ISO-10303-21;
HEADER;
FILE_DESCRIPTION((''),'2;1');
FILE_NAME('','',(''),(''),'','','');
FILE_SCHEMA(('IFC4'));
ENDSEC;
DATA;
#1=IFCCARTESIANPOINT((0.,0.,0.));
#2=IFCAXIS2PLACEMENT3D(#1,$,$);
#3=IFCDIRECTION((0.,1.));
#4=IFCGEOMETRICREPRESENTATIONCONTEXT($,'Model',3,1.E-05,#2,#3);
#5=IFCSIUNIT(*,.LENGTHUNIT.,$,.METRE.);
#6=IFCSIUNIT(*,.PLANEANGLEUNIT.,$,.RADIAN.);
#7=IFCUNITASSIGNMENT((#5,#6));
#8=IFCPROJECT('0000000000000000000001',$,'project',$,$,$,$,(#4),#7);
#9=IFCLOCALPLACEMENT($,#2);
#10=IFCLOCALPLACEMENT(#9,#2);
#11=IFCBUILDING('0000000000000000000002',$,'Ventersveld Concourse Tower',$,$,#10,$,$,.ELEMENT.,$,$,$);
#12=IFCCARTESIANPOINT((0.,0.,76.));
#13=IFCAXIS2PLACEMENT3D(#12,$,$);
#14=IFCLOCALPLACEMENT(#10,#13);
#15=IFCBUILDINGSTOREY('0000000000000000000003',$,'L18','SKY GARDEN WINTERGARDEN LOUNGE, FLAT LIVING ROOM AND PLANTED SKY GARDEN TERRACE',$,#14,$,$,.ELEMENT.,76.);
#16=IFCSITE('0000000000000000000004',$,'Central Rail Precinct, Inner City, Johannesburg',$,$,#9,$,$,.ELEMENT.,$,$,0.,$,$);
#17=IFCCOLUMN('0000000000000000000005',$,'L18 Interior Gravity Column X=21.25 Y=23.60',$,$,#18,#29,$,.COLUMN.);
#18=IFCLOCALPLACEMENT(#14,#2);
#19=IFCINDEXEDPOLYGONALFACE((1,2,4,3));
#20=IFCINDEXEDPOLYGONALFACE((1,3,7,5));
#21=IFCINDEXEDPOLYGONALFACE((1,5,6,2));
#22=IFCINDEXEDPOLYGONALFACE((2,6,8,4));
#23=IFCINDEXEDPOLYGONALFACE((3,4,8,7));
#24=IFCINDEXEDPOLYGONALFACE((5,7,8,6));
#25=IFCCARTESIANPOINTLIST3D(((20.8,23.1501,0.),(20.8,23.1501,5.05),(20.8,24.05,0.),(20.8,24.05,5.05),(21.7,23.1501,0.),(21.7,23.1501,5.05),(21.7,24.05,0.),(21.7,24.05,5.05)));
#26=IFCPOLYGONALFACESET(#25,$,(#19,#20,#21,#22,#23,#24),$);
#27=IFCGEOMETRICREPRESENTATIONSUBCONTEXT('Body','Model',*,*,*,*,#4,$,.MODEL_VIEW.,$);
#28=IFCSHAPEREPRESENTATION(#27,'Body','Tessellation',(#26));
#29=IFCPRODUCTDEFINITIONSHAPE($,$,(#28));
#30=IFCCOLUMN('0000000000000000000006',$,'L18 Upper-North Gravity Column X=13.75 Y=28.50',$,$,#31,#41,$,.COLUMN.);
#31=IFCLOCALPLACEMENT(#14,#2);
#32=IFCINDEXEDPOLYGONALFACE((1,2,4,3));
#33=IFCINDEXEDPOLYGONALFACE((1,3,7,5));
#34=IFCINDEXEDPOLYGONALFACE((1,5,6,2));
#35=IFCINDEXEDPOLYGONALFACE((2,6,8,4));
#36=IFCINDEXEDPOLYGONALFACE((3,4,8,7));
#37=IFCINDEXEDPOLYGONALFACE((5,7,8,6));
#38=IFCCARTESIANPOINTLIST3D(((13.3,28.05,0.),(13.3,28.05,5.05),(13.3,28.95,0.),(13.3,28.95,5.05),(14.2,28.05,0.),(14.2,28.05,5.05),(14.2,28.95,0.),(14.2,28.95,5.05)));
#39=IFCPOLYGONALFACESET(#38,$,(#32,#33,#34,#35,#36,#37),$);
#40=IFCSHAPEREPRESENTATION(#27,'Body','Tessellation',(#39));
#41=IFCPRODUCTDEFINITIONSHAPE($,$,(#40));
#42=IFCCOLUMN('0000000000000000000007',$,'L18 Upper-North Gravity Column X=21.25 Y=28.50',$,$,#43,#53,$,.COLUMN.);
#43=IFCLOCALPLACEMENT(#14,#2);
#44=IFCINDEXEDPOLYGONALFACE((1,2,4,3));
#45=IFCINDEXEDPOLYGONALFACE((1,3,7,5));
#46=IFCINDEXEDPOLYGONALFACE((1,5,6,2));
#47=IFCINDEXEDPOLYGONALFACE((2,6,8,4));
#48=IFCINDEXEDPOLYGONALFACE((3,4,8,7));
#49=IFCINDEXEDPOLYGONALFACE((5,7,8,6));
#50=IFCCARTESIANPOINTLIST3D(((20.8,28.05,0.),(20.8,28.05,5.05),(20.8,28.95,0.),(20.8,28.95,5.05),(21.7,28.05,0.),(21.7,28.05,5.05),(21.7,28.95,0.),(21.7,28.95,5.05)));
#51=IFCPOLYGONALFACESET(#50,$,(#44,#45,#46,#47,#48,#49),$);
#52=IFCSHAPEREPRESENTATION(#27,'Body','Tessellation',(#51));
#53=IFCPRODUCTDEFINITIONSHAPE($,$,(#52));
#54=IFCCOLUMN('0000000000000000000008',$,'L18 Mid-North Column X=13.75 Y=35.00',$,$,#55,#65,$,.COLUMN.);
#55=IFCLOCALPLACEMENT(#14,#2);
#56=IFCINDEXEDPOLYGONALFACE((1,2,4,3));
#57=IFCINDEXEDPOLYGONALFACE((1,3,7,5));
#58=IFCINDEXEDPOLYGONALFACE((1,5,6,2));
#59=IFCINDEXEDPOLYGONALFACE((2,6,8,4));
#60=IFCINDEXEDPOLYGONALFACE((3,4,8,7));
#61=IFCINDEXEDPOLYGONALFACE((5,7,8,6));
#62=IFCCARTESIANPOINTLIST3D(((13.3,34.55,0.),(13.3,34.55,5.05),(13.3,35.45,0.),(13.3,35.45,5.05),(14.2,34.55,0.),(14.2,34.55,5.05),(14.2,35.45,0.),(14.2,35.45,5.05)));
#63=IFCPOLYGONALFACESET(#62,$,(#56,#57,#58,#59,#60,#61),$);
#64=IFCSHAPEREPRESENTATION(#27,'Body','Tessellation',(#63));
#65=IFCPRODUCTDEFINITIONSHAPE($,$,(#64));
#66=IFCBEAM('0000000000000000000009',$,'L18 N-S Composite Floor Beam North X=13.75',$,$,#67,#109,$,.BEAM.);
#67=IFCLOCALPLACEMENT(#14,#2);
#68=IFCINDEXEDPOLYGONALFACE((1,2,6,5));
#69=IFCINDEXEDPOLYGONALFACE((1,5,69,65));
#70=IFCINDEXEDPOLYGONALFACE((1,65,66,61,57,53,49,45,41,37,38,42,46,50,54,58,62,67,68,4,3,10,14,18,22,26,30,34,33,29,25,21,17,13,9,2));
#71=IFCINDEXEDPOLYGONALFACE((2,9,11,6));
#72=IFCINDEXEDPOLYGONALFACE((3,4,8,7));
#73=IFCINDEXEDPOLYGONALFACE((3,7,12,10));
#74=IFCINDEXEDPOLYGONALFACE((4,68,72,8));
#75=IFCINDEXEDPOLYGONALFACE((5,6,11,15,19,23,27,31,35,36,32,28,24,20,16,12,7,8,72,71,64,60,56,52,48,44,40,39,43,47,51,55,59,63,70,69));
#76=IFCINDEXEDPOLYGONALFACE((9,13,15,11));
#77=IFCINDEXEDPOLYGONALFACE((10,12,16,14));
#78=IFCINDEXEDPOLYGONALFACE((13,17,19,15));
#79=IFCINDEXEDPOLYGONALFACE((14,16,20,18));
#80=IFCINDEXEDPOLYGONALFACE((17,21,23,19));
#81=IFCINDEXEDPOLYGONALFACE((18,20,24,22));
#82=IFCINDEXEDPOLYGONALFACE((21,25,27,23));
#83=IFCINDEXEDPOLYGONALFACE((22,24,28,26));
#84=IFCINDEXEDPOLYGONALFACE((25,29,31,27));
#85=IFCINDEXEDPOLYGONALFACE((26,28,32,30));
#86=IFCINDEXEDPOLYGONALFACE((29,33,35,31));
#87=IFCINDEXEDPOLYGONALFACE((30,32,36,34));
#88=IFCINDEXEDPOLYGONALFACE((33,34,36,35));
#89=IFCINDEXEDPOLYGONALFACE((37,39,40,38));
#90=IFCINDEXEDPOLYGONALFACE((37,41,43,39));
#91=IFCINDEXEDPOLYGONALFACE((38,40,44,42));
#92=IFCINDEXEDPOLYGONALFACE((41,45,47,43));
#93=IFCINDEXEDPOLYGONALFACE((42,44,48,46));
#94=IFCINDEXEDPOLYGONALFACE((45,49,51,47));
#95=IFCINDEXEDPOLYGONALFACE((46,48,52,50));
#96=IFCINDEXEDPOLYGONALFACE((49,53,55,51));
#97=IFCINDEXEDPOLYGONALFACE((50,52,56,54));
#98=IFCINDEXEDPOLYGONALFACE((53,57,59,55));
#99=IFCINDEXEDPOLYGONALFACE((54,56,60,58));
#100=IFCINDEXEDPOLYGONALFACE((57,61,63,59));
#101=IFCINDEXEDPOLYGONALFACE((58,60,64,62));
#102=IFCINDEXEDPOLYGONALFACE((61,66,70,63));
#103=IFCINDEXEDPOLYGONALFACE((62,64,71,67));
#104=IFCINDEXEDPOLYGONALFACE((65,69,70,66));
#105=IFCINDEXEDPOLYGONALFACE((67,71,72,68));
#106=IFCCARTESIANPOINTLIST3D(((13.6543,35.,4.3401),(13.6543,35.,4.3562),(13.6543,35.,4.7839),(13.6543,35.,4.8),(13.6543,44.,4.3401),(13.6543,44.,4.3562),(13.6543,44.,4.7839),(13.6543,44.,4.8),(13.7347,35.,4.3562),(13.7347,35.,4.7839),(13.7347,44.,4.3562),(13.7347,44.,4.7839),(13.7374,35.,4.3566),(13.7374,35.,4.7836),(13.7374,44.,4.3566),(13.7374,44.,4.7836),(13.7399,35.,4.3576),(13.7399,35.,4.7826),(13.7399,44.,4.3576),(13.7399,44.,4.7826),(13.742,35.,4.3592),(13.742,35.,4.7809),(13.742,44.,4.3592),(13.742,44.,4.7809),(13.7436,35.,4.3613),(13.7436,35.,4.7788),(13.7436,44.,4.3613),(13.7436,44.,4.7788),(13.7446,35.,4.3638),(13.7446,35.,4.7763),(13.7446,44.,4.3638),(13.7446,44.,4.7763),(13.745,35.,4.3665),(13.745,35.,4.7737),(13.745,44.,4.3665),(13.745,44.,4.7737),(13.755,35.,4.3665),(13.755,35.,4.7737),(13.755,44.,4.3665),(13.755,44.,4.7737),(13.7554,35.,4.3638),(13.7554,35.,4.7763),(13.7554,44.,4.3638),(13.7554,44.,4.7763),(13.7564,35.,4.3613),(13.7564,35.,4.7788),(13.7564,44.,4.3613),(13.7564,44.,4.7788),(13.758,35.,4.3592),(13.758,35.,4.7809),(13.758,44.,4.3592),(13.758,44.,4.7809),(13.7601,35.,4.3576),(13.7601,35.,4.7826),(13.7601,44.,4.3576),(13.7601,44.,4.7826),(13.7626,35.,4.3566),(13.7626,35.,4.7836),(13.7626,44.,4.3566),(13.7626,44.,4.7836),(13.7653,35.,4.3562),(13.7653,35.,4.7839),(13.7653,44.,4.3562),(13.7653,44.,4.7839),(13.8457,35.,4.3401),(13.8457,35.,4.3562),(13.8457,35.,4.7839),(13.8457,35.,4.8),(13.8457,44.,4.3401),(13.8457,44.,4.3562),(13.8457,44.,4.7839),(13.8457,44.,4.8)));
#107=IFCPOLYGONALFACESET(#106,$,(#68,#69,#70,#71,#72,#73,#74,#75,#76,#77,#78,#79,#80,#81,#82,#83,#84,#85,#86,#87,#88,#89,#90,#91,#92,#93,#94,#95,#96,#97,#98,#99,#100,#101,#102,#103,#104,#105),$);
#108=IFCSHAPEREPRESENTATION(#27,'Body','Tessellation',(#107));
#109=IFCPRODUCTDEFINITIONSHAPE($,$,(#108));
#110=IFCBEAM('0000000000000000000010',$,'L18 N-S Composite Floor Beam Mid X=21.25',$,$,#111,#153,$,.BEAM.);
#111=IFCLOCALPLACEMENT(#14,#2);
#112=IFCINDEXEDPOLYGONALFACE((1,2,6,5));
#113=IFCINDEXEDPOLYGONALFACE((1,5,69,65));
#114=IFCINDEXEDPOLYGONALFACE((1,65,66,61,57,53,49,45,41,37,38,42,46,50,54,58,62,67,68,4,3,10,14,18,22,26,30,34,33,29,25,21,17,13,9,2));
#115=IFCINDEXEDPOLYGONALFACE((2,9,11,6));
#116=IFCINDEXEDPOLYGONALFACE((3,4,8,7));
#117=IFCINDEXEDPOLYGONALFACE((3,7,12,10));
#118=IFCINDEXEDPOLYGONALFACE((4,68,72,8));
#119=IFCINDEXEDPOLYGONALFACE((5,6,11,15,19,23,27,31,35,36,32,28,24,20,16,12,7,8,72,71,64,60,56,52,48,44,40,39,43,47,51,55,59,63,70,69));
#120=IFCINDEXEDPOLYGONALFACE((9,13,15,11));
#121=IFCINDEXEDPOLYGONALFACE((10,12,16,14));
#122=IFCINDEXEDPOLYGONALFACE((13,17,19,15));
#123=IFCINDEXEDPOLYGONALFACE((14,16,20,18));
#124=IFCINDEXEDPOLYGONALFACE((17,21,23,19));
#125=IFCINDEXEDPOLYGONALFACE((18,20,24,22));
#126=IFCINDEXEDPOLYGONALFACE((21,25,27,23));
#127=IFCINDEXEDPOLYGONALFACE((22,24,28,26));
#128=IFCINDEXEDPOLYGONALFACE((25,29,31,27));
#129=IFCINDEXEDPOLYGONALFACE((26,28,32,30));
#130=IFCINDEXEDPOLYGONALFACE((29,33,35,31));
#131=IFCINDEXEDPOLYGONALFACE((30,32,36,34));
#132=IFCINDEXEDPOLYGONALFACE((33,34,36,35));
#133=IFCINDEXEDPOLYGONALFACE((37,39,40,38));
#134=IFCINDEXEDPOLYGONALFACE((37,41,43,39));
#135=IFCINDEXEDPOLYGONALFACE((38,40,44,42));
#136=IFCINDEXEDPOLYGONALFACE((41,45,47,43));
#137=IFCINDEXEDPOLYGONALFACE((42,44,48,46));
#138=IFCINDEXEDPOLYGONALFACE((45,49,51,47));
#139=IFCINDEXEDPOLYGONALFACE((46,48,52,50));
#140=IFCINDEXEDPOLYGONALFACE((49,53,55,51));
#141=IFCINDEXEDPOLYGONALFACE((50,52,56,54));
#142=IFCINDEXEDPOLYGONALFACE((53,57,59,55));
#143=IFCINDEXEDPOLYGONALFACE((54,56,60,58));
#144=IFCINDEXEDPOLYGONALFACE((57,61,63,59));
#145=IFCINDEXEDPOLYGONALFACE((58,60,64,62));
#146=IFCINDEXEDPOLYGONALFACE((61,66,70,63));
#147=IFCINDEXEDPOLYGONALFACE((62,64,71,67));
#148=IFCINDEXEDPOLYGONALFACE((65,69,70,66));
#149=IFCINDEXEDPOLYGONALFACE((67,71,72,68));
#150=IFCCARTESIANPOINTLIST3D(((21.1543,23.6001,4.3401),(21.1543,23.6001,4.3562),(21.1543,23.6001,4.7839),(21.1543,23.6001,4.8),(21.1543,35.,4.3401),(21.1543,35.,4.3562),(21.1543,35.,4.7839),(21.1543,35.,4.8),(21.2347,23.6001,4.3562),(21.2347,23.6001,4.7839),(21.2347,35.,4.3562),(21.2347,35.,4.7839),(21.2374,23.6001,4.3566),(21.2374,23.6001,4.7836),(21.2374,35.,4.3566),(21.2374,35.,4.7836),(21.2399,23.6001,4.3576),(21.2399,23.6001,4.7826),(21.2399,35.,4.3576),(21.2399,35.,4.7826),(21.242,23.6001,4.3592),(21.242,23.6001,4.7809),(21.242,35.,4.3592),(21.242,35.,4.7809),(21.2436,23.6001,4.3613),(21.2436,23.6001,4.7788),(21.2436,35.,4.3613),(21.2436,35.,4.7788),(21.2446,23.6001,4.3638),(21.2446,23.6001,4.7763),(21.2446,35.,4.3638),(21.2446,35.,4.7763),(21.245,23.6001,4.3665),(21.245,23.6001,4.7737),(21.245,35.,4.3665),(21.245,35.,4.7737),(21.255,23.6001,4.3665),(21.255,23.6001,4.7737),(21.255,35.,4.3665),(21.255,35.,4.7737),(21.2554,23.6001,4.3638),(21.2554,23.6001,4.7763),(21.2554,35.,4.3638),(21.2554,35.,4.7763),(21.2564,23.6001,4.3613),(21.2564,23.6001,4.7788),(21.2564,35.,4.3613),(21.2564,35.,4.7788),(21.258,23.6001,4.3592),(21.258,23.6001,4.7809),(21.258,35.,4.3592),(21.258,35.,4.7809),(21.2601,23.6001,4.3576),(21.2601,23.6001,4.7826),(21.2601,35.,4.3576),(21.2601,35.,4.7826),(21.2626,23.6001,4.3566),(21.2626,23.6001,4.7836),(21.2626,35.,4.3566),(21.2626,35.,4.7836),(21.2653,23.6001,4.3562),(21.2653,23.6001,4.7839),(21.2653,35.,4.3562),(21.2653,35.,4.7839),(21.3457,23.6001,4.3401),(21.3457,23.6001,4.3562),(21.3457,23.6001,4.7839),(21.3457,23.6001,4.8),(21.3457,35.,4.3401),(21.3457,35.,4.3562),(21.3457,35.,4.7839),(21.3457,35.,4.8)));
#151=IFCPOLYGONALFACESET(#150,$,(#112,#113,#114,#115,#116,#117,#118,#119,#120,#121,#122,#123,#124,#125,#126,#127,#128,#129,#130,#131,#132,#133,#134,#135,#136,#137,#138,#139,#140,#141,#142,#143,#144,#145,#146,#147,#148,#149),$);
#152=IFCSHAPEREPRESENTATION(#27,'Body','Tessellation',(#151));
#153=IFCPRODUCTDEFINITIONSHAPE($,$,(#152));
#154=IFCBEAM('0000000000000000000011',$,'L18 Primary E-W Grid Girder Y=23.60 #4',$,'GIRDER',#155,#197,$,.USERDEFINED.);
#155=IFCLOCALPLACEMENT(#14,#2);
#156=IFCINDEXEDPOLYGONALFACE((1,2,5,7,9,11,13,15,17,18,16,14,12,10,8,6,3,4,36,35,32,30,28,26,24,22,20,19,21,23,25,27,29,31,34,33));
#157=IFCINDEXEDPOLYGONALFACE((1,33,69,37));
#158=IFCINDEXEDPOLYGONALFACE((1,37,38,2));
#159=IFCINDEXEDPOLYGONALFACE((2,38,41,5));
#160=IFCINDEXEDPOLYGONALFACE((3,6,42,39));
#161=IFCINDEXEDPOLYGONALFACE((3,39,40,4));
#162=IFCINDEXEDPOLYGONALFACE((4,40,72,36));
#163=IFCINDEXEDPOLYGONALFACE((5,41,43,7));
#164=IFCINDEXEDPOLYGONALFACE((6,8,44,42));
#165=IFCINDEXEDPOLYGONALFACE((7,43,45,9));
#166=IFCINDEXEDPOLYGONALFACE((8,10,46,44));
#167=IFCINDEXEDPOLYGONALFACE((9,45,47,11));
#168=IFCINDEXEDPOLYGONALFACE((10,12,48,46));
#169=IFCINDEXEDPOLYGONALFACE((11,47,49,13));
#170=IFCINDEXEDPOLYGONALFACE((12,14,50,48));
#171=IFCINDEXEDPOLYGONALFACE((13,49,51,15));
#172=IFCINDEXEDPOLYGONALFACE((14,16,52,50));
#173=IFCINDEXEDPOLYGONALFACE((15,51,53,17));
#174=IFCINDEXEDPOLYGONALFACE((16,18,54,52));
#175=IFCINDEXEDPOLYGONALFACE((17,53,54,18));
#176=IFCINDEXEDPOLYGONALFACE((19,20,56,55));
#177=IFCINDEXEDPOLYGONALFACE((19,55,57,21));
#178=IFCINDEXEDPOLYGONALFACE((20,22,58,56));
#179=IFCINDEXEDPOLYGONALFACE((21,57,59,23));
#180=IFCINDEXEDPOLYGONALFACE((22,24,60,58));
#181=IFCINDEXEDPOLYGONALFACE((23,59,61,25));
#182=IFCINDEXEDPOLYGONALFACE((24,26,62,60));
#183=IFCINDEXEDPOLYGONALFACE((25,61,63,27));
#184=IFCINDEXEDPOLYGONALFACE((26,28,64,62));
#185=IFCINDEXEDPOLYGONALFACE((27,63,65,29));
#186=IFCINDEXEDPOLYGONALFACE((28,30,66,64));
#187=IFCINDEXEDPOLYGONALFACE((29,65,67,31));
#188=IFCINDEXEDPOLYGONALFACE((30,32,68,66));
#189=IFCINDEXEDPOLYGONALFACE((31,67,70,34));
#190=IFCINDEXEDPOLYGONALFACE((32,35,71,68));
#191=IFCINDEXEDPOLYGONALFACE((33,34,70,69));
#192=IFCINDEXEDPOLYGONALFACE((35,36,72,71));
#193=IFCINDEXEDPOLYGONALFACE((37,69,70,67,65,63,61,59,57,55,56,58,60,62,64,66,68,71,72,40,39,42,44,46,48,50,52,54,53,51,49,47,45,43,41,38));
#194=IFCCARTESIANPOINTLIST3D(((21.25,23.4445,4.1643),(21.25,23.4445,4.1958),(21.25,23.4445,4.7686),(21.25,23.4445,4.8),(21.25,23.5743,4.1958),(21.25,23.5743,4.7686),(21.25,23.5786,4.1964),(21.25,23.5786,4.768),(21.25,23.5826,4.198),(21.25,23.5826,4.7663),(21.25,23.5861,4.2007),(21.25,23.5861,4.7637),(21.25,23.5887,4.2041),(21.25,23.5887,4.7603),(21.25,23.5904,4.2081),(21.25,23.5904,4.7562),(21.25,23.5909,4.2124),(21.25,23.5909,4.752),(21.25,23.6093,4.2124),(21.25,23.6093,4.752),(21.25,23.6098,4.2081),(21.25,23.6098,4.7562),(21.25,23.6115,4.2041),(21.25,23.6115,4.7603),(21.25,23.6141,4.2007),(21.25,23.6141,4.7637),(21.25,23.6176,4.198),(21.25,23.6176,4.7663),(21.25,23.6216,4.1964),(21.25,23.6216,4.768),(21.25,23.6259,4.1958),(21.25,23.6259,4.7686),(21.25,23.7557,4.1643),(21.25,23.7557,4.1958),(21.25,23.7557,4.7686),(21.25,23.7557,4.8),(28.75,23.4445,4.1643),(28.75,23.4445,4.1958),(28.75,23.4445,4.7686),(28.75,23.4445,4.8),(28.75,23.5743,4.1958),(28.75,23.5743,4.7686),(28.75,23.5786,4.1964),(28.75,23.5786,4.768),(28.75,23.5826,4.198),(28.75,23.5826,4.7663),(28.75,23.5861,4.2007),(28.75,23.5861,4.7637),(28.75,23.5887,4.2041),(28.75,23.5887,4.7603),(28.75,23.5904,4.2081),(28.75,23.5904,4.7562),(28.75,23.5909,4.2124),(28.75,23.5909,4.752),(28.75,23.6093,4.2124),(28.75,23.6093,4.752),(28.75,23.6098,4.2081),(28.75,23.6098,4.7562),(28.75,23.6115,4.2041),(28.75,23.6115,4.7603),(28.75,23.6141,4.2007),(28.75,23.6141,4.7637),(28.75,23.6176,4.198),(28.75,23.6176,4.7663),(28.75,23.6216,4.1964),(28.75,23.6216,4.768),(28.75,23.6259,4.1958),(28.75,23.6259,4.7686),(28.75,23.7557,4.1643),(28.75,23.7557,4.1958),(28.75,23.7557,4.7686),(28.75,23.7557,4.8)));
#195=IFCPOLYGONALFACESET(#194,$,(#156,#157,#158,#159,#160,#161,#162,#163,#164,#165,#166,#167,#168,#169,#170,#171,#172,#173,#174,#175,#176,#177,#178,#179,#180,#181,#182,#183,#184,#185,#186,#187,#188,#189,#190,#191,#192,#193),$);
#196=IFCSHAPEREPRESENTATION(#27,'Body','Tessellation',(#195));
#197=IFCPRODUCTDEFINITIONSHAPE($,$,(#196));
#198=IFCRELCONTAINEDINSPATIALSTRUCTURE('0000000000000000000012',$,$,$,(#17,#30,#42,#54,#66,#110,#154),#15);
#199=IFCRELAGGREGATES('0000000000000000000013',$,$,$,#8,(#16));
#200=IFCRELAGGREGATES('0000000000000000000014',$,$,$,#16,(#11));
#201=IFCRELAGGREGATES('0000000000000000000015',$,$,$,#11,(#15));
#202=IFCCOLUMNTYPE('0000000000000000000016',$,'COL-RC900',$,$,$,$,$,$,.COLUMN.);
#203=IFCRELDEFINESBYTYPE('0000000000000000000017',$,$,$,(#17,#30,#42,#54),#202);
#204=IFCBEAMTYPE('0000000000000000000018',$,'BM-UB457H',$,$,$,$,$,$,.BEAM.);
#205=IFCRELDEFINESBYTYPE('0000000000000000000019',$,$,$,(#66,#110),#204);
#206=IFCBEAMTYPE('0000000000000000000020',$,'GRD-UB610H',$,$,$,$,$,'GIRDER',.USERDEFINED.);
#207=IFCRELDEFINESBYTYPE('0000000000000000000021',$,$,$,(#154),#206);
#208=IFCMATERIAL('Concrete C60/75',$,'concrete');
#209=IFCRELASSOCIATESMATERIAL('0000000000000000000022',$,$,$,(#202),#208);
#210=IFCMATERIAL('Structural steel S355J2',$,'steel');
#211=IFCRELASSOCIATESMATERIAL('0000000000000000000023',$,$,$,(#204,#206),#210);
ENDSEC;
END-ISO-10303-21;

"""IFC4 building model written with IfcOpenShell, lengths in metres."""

from ifc_helpers import new_model, si_unit, direction, frame, origin, origin_2d, place, context, subcontext, project, spatial, rectangle, i_section, extrude, material, material_profile, profile_set, type_object, element, save


model = new_model("IFC4")

# Units and contexts
model_context = context("Model", 3, precision=1e-05, world=origin(), true_north=direction((0.0, 1.0)))
body_context = subcontext(model_context, "Body", "Model", "MODEL_VIEW")
ifc_project = project(units=[si_unit("LENGTHUNIT", "METRE"), si_unit("PLANEANGLEUNIT", "RADIAN")], contexts=[model_context])

# Site, building, storey
site_placement = place(None, origin())
site = spatial("IfcSite", under=ifc_project, at=site_placement, Name="Central Rail Precinct, Inner City, Johannesburg", CompositionType="ELEMENT", RefElevation=0.0)
building_placement = place(site_placement, origin())
building = spatial("IfcBuilding", under=site, at=building_placement, Name="Ventersveld Concourse Tower", CompositionType="ELEMENT")
storey_placement = place(building_placement, frame((0.0, 0.0, 76.0)))
storey = spatial("IfcBuildingStorey", under=building, at=storey_placement, Name="L18", Description="SKY GARDEN WINTERGARDEN LOUNGE, FLAT LIVING ROOM AND PLANTED SKY GARDEN TERRACE", CompositionType="ELEMENT", Elevation=76.0)

# Columns
ifc_material_1 = material(Name="Concrete C60/75", Category="concrete")
ifc_material_profile_1 = material_profile(ifc_material_1, rectangle(XDim=0.8999, YDim=0.8999, at=origin_2d()), Name="RC 900x900")
ifc_profile_set_1 = profile_set([ifc_material_profile_1], Name="Concrete C60/75")
column_type = type_object("IfcColumnType", Name="COL-RC900", PredefinedType="COLUMN", material=ifc_profile_set_1)
for number, where, z_axis, x_axis, name in (
    (1, (21.25, 23.6001, 0.0), (0.0, 0.0, 1.0), (1.0, 0.0, 0.0), "L18 Interior Gravity Column X=21.25 Y=23.60"),
    (2, (13.75, 28.5, 0.0), (0.0, 0.0, 1.0), (1.0, 0.0, 0.0), "L18 Upper-North Gravity Column X=13.75 Y=28.50"),
    (3, (21.25, 28.5, 0.0), (0.0, 0.0, 1.0), (1.0, 0.0, 0.0), "L18 Upper-North Gravity Column X=21.25 Y=28.50"),
    (4, (13.75, 35.0, 0.0), (0.0, 0.0, 1.0), (1.0, 0.0, 0.0), "L18 Mid-North Column X=13.75 Y=35.00"),
):
    element("IfcColumn", number, at=place(storey_placement, frame(where, z_axis=z_axis, x_axis=x_axis)), inside=storey, type_object=column_type, Name=name, PredefinedType="COLUMN", context=body_context, shape_type="SweptSolid", body=[
        extrude(rectangle(XDim=0.8999, YDim=0.8999, at=origin_2d()), origin(), (0.0, 0.0, 1.0), 5.05),
    ])

# Beams
ifc_material_2 = material(Name="Structural steel S355J2", Category="steel")
ifc_material_profile_2 = material_profile(ifc_material_2, i_section(OverallWidth=0.1914, OverallDepth=0.46, WebThickness=0.01, FlangeThickness=0.0161, FilletRadius=0.0103, at=origin_2d()), Name="UB 457x191x82")
ifc_profile_set_2 = profile_set([ifc_material_profile_2], Name="Structural steel S355J2")
beam_type_1 = type_object("IfcBeamType", Name="BM-UB457H", PredefinedType="BEAM", material=ifc_profile_set_2)
beam_1_placement = place(storey_placement, frame((13.75, 35.0, 4.5701), z_axis=(0.0, 1.0, 0.0), x_axis=(-1.0, 0.0, 0.0)))
element("IfcBeam", 5, at=beam_1_placement, inside=storey, type_object=beam_type_1, Name="L18 N-S Composite Floor Beam North X=13.75", PredefinedType="BEAM", context=body_context, shape_type="SweptSolid", body=[
    extrude(i_section(OverallWidth=0.1914, OverallDepth=0.46, WebThickness=0.01, FlangeThickness=0.0161, FilletRadius=0.0103, at=origin_2d()), origin(), (0.0, 0.0, 1.0), 9.0),
])
beam_2_placement = place(storey_placement, frame((21.25, 23.6001, 4.5701), z_axis=(0.0, 1.0, 0.0), x_axis=(-1.0, 0.0, 0.0)))
element("IfcBeam", 6, at=beam_2_placement, inside=storey, type_object=beam_type_1, Name="L18 N-S Composite Floor Beam Mid X=21.25", PredefinedType="BEAM", context=body_context, shape_type="SweptSolid", body=[
    extrude(i_section(OverallWidth=0.1914, OverallDepth=0.46, WebThickness=0.01, FlangeThickness=0.0161, FilletRadius=0.0103, at=origin_2d()), origin(), (0.0, 0.0, 1.0), 11.3999),
])
ifc_material_profile_3 = material_profile(ifc_material_2, i_section(OverallWidth=0.3113, OverallDepth=0.6357, WebThickness=0.0183, FlangeThickness=0.0315, FilletRadius=0.0166, at=origin_2d()), Name="UB 610x305x238")
ifc_profile_set_3 = profile_set([ifc_material_profile_3], Name="Structural steel S355J2")
beam_type_2 = type_object("IfcBeamType", Name="GRD-UB610H", ElementType="GIRDER", PredefinedType="USERDEFINED", material=ifc_profile_set_3)
for number, where, z_axis, x_axis, name in (
    (7, (21.25, 23.6001, 4.4822), (1.0, 0.0, 0.0), (0.0, 1.0, 0.0), "L18 Primary E-W Grid Girder Y=23.60 #4"),
):
    element("IfcBeam", number, at=place(storey_placement, frame(where, z_axis=z_axis, x_axis=x_axis)), inside=storey, type_object=beam_type_2, Name=name, ObjectType="GIRDER", PredefinedType="USERDEFINED", context=body_context, shape_type="SweptSolid", body=[
        extrude(i_section(OverallWidth=0.3113, OverallDepth=0.6357, WebThickness=0.0183, FlangeThickness=0.0315, FilletRadius=0.0166, at=origin_2d()), origin(), (0.0, 0.0, 1.0), 7.5),
    ])

save(model, "model.ifc")
